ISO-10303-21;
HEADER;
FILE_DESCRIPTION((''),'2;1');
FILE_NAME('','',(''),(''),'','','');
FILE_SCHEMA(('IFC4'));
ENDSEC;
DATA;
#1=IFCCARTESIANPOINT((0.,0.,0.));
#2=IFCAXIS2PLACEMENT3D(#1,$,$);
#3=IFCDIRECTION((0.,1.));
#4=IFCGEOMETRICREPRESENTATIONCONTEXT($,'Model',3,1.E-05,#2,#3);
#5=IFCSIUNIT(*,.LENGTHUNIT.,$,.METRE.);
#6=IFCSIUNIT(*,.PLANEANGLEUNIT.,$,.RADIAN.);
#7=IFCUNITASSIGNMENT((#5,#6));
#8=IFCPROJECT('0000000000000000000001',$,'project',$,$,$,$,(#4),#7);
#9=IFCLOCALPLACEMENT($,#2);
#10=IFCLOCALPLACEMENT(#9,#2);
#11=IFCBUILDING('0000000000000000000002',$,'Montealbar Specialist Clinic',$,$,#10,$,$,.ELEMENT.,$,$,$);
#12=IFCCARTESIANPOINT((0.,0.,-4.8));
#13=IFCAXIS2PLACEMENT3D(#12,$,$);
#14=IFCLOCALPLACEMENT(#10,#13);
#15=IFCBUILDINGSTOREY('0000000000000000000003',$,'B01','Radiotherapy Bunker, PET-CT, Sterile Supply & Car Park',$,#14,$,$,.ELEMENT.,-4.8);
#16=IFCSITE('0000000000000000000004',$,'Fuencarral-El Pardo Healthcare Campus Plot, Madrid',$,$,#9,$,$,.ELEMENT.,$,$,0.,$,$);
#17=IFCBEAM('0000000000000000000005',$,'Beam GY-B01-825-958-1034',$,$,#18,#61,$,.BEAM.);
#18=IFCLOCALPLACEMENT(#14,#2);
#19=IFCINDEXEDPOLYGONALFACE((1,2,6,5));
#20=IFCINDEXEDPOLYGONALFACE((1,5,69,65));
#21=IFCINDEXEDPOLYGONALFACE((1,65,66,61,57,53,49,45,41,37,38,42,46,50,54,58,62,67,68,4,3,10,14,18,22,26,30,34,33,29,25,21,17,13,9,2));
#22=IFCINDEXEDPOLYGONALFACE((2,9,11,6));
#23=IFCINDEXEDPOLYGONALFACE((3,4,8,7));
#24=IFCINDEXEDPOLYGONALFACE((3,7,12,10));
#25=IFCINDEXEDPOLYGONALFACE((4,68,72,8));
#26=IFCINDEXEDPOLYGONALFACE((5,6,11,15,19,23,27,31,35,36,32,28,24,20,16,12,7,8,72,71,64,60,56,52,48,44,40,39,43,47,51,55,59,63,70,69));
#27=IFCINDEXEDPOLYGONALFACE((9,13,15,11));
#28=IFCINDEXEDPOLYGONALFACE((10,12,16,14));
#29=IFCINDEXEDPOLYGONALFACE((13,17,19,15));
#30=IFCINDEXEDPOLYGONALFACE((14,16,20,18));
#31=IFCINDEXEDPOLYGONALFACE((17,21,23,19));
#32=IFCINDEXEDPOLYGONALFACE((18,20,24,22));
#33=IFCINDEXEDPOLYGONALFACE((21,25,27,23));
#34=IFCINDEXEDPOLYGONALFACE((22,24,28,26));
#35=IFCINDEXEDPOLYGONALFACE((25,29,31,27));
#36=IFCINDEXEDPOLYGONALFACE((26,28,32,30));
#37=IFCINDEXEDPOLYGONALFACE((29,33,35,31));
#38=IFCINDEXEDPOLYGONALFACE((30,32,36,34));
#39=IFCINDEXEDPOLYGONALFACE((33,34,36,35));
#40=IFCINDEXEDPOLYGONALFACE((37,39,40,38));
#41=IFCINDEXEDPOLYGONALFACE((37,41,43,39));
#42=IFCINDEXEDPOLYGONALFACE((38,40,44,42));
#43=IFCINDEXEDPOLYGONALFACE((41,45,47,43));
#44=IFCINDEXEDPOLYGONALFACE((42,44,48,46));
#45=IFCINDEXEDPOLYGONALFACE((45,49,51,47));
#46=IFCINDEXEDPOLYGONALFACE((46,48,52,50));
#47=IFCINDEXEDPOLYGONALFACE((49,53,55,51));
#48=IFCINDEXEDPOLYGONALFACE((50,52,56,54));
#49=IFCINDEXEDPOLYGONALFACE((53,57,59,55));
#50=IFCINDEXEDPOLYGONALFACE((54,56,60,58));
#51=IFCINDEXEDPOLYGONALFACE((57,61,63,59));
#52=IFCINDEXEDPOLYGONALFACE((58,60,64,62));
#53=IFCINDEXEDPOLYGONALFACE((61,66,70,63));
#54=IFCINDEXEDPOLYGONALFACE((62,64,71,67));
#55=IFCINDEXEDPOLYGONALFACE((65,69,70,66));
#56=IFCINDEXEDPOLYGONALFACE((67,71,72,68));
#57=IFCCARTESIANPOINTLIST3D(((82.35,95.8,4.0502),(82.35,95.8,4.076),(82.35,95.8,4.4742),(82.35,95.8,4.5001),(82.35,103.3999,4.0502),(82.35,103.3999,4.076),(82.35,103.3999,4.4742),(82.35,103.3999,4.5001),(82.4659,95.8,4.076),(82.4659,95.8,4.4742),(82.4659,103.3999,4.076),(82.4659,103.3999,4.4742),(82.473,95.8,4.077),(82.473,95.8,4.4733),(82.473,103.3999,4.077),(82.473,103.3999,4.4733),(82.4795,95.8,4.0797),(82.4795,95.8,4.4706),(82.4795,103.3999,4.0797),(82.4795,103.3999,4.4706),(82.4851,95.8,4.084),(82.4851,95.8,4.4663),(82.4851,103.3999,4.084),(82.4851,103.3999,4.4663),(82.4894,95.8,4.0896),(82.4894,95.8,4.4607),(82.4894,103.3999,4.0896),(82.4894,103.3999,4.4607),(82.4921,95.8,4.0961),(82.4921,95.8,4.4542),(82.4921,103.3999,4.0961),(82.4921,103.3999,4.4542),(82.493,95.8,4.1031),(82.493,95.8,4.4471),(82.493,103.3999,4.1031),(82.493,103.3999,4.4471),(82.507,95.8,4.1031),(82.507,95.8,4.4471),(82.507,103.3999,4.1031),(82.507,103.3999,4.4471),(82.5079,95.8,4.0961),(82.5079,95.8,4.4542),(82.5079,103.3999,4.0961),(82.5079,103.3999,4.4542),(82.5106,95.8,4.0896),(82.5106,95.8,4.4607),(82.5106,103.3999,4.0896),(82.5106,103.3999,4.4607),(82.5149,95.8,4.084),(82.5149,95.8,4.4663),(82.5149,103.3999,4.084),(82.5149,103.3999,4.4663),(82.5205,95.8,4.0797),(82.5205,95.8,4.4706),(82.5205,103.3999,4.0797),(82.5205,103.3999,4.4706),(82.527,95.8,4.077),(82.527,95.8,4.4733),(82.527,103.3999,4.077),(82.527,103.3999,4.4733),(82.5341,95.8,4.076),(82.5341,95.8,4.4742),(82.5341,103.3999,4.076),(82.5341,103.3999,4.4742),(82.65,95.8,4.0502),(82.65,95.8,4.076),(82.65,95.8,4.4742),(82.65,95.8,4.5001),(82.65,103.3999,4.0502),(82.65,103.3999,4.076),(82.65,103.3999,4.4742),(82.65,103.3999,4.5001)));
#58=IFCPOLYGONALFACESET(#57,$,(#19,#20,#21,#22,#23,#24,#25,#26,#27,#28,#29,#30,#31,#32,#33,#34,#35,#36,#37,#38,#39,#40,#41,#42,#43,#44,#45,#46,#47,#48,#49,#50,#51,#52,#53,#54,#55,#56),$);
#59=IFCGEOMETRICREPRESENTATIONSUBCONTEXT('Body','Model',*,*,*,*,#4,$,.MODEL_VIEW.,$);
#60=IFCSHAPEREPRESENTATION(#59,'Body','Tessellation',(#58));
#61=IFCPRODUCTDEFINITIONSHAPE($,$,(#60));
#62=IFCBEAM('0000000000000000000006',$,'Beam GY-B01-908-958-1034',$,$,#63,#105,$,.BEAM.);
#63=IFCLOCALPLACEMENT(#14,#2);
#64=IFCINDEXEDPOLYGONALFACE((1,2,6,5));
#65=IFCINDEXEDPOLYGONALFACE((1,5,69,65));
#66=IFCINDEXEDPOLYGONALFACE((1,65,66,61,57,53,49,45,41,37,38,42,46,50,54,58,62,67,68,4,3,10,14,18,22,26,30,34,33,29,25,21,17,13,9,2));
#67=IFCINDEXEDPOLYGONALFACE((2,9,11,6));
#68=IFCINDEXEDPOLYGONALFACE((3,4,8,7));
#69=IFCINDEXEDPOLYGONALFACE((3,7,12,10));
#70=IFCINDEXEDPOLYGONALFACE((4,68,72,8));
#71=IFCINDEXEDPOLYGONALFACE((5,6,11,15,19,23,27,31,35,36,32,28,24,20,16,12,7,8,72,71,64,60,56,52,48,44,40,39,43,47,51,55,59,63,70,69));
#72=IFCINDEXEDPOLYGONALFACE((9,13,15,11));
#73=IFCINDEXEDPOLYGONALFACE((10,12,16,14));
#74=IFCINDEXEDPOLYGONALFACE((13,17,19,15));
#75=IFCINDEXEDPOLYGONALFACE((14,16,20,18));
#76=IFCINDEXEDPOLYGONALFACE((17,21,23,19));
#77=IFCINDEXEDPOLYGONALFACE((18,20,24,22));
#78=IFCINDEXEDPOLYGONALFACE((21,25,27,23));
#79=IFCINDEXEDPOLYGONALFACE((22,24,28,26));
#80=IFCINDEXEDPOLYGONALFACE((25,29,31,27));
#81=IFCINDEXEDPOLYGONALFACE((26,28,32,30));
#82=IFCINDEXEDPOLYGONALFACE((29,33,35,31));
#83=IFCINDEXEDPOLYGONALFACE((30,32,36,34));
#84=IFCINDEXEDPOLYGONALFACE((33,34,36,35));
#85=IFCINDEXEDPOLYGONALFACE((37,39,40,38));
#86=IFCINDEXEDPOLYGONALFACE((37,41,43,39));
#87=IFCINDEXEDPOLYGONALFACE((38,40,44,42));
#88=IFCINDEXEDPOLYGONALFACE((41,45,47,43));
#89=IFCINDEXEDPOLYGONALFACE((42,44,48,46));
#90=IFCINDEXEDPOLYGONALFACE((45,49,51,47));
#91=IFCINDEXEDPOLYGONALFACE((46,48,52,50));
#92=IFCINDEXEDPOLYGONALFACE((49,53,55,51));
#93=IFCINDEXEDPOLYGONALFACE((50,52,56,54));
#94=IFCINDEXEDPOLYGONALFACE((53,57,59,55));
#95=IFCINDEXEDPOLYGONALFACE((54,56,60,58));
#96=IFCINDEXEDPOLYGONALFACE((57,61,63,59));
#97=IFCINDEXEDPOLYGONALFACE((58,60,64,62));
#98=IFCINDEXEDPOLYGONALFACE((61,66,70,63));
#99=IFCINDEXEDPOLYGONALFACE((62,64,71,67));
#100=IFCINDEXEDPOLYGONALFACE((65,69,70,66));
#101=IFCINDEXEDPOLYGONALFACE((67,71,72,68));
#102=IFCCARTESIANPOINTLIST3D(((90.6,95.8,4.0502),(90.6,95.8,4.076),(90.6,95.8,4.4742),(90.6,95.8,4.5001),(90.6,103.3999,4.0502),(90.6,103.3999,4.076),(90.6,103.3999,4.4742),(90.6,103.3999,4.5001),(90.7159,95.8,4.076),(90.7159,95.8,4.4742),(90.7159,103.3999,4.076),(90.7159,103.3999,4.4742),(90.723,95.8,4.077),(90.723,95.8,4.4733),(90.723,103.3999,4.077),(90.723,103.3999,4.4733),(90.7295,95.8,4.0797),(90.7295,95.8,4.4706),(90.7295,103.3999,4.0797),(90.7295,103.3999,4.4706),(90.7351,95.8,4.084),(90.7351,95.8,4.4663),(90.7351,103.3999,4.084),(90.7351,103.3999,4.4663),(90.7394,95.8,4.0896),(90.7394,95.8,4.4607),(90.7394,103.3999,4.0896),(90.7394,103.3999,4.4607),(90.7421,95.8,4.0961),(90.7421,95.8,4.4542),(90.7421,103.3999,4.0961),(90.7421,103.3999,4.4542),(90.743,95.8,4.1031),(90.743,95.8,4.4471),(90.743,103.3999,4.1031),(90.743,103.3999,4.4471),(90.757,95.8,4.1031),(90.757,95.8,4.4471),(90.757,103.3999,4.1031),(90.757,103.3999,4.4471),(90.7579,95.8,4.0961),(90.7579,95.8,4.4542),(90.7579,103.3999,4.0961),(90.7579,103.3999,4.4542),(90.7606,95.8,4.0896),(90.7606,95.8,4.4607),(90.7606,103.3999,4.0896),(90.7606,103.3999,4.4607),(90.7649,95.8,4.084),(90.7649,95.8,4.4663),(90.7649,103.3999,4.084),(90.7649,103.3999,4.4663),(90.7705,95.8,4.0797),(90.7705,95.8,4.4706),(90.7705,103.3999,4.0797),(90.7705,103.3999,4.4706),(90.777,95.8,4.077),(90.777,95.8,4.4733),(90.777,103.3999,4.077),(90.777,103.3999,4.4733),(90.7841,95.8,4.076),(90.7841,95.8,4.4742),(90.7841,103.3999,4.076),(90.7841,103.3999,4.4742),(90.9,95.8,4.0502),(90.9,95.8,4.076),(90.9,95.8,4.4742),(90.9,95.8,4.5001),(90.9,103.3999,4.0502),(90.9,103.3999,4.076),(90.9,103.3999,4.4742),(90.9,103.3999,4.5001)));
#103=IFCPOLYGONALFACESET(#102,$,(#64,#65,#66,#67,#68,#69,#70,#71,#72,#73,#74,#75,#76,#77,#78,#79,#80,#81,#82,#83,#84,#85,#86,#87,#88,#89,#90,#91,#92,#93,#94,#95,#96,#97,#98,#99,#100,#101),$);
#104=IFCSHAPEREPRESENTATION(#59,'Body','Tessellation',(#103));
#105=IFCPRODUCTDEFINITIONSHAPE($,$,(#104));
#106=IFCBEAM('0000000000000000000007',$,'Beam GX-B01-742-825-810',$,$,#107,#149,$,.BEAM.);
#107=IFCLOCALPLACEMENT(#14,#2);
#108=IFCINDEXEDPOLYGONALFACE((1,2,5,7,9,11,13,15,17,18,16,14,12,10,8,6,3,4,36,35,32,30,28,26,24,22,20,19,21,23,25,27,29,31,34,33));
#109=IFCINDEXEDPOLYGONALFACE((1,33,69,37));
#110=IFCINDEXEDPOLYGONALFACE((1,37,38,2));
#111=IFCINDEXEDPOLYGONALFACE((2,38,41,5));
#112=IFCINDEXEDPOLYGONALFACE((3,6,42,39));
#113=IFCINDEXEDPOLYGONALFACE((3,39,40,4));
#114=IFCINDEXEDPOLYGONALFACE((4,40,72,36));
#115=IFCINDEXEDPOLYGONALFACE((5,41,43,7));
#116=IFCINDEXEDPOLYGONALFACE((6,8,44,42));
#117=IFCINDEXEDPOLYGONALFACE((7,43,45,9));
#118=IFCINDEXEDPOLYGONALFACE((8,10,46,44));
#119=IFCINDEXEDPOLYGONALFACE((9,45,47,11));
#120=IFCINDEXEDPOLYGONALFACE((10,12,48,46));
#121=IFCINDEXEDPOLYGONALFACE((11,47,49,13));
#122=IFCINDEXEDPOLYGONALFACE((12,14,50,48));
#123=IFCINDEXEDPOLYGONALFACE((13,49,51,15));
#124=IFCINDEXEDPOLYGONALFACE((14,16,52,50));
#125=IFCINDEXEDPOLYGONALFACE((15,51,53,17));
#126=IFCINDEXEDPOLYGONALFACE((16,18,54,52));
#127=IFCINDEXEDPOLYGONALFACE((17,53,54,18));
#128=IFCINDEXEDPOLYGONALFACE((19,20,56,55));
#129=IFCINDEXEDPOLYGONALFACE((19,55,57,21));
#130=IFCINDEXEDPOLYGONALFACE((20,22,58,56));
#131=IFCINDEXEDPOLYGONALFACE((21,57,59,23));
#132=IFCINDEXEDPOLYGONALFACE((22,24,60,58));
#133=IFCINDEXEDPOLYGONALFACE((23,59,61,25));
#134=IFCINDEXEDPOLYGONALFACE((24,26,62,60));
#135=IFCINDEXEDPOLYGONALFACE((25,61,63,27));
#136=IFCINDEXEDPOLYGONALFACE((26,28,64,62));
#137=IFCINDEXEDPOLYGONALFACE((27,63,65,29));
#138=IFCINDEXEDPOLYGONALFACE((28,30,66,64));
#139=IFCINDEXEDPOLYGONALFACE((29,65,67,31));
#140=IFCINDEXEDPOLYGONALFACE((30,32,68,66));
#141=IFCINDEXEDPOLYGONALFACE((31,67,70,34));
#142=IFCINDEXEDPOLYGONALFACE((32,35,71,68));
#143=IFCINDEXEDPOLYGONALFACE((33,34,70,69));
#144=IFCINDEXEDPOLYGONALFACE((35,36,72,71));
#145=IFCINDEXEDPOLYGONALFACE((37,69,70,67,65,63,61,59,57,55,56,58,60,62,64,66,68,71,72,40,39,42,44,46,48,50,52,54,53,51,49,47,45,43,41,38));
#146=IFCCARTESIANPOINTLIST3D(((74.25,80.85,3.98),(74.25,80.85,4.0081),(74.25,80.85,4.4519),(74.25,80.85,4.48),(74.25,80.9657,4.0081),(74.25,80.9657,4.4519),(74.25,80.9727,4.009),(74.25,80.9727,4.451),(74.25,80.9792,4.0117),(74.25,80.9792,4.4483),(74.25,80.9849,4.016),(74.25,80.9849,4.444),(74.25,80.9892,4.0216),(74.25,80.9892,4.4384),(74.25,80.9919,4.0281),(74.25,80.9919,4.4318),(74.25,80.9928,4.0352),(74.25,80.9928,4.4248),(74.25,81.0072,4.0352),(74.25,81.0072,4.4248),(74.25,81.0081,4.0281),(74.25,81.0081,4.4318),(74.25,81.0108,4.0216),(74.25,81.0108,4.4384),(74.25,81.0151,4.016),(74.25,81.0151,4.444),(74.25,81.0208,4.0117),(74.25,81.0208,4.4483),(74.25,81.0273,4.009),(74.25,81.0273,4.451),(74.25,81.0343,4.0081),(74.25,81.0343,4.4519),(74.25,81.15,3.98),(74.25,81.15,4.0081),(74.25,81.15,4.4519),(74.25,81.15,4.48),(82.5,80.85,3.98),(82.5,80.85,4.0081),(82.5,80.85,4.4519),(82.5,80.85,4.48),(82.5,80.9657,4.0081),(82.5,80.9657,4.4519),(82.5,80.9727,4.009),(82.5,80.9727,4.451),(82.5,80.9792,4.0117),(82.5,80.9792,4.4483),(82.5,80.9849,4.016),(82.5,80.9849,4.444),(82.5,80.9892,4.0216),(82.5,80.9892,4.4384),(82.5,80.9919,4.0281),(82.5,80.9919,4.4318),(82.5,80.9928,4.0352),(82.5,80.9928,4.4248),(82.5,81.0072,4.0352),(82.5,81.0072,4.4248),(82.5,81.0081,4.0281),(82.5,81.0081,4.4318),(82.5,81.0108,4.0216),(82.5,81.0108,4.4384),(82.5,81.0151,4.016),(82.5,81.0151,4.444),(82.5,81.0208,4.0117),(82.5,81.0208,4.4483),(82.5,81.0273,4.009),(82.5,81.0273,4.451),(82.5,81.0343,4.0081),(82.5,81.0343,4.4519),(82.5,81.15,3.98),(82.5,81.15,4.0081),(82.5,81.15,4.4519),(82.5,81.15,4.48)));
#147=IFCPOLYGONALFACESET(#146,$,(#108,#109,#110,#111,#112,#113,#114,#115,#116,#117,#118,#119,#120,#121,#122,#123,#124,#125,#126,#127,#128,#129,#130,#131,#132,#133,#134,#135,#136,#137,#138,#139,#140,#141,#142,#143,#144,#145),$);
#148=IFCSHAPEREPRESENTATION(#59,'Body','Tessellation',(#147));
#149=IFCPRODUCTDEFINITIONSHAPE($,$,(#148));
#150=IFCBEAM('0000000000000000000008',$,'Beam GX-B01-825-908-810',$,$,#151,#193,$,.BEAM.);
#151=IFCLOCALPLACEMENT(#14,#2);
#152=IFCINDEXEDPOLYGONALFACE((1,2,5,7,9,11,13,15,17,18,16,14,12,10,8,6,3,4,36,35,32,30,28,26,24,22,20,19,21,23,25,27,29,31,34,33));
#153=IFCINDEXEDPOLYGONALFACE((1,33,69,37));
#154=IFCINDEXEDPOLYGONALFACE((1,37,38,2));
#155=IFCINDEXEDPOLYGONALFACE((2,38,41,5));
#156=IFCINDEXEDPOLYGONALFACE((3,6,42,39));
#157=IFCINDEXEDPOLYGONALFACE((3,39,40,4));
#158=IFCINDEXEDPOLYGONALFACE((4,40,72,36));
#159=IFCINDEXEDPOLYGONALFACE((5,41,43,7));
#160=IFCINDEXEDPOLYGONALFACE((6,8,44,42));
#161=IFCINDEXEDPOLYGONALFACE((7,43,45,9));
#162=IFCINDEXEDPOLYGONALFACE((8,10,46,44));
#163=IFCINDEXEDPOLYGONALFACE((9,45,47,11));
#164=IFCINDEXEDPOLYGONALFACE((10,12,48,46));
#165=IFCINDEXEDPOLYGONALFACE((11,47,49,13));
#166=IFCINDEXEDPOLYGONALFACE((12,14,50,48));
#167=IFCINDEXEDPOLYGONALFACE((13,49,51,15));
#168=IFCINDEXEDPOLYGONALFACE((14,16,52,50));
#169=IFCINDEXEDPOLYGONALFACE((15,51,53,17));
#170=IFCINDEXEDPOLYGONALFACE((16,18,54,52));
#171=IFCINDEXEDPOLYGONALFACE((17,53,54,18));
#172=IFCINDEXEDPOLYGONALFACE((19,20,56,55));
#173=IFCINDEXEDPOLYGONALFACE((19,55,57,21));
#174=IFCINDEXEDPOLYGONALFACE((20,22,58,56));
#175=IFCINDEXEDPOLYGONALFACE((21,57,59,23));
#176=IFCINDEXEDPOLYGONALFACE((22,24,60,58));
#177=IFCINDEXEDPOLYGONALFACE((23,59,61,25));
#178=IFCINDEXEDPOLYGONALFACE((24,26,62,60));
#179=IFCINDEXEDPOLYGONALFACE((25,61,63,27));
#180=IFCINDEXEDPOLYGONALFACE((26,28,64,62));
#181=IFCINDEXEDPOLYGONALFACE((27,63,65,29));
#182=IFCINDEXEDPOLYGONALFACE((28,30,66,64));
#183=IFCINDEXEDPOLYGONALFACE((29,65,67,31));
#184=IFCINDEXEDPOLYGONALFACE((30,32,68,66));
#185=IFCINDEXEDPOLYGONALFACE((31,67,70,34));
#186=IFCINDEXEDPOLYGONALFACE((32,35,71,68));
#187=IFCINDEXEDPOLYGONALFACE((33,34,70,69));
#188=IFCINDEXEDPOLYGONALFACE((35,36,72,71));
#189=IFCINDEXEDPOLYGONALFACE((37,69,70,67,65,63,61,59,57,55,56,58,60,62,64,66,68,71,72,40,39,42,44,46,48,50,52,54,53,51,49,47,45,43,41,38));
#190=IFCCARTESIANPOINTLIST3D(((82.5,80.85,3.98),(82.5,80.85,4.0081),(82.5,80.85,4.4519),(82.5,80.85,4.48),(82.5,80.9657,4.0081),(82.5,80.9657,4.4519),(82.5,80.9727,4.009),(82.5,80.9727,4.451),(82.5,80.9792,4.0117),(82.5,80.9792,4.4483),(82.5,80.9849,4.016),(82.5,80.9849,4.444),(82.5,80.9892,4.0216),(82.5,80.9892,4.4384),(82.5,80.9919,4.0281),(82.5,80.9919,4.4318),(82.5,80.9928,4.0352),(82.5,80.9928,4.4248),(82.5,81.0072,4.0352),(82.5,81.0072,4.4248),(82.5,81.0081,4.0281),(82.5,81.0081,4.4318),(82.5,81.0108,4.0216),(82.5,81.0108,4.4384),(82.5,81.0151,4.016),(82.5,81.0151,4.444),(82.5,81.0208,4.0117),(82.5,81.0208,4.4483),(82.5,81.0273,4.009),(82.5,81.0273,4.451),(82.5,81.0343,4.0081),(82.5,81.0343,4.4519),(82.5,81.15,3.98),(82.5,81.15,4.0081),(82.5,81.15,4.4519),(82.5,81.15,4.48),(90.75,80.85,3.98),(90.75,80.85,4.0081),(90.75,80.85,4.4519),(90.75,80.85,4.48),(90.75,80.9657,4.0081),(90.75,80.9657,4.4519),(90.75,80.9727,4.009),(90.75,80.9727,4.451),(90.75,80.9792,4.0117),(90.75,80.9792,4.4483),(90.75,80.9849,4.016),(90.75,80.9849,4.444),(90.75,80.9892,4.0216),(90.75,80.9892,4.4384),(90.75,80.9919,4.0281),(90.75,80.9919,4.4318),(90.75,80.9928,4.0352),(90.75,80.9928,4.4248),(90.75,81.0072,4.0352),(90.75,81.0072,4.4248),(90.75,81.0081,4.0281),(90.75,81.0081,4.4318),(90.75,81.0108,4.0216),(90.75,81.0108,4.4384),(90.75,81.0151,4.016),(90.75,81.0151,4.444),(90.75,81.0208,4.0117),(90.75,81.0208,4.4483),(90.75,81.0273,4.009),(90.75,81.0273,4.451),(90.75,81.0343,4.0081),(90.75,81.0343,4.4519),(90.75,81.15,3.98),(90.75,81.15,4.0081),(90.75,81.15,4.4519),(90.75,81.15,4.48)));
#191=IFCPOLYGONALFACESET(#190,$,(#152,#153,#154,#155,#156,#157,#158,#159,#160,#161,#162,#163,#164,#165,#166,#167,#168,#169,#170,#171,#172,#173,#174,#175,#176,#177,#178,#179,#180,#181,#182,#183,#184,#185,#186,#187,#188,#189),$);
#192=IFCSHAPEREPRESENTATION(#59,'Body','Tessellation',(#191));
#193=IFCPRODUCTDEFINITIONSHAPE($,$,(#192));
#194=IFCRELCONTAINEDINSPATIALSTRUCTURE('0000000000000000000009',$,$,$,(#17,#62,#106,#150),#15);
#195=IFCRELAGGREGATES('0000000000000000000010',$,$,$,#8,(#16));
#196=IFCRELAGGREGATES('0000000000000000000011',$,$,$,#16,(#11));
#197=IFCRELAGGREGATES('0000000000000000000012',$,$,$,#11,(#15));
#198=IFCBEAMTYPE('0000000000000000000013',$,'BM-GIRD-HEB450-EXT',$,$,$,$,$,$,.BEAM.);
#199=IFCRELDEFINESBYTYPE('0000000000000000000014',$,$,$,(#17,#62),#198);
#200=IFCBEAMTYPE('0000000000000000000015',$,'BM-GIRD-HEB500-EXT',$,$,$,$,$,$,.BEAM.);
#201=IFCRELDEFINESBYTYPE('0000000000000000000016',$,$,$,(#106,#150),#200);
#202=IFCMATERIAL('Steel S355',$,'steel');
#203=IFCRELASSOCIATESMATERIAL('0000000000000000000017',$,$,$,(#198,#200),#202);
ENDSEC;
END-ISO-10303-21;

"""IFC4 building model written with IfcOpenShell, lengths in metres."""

from ifc_helpers import new_model, si_unit, direction, frame, origin, origin_2d, place, context, subcontext, project, spatial, i_section, extrude, material, material_profile, profile_set, type_object, element, save


model = new_model("IFC4")

# Units and contexts
model_context = context("Model", 3, precision=1e-05, world=origin(), true_north=direction((0.0, 1.0)))
body_context = subcontext(model_context, "Body", "Model", "MODEL_VIEW")
ifc_project = project(units=[si_unit("LENGTHUNIT", "METRE"), si_unit("PLANEANGLEUNIT", "RADIAN")], contexts=[model_context])

# Site, building, storey
site_placement = place(None, origin())
site = spatial("IfcSite", under=ifc_project, at=site_placement, Name="Fuencarral-El Pardo Healthcare Campus Plot, Madrid", CompositionType="ELEMENT", RefElevation=0.0)
building_placement = place(site_placement, origin())
building = spatial("IfcBuilding", under=site, at=building_placement, Name="Montealbar Specialist Clinic", CompositionType="ELEMENT")
storey_placement = place(building_placement, frame((0.0, 0.0, -4.8)))
storey = spatial("IfcBuildingStorey", under=building, at=storey_placement, Name="B01", Description="Radiotherapy Bunker, PET-CT, Sterile Supply & Car Park", CompositionType="ELEMENT", Elevation=-4.8)

# Shared definitions
ifc_material_1 = material(Name="Steel S355", Category="steel")

# Beams
ifc_material_profile_1 = material_profile(ifc_material_1, i_section(OverallWidth=0.3, OverallDepth=0.45, WebThickness=0.0139, FlangeThickness=0.0259, FilletRadius=0.0271, at=origin_2d()), Name="HEB 450", Category="steel")
ifc_profile_set_1 = profile_set([ifc_material_profile_1], Name="Steel S355")
beam_type_1 = type_object("IfcBeamType", Name="BM-GIRD-HEB450-EXT", PredefinedType="BEAM", material=ifc_profile_set_1)
for number, where, z_axis, x_axis, name in (
    (1, (82.5, 95.8, 4.2751), (0.0, 1.0, 0.0), (-1.0, 0.0, 0.0), "Beam GY-B01-825-958-1034"),
    (2, (90.75, 95.8, 4.2751), (0.0, 1.0, 0.0), (-1.0, 0.0, 0.0), "Beam GY-B01-908-958-1034"),
):
    element("IfcBeam", number, at=place(storey_placement, frame(where, z_axis=z_axis, x_axis=x_axis)), inside=storey, type_object=beam_type_1, Name=name, PredefinedType="BEAM", context=body_context, shape_type="SweptSolid", body=[
        extrude(i_section(OverallWidth=0.3, OverallDepth=0.45, WebThickness=0.0139, FlangeThickness=0.0259, FilletRadius=0.0271, at=origin_2d()), origin(), (0.0, 0.0, 1.0), 7.5999),
    ])
ifc_material_profile_2 = material_profile(ifc_material_1, i_section(OverallWidth=0.3, OverallDepth=0.5, WebThickness=0.0144, FlangeThickness=0.0281, FilletRadius=0.0271, at=origin_2d()), Name="HEB 500", Category="steel")
ifc_profile_set_2 = profile_set([ifc_material_profile_2], Name="Steel S355")
beam_type_2 = type_object("IfcBeamType", Name="BM-GIRD-HEB500-EXT", PredefinedType="BEAM", material=ifc_profile_set_2)
for number, where, z_axis, x_axis, name in (
    (3, (74.25, 81.0, 4.23), (1.0, 0.0, 0.0), (0.0, 1.0, 0.0), "Beam GX-B01-742-825-810"),
    (4, (82.5, 81.0, 4.23), (1.0, 0.0, 0.0), (0.0, 1.0, 0.0), "Beam GX-B01-825-908-810"),
):
    element("IfcBeam", number, at=place(storey_placement, frame(where, z_axis=z_axis, x_axis=x_axis)), inside=storey, type_object=beam_type_2, Name=name, PredefinedType="BEAM", context=body_context, shape_type="SweptSolid", body=[
        extrude(i_section(OverallWidth=0.3, OverallDepth=0.5, WebThickness=0.0144, FlangeThickness=0.0281, FilletRadius=0.0271, at=origin_2d()), origin(), (0.0, 0.0, 1.0), 8.25),
    ])

save(model, "model.ifc")
